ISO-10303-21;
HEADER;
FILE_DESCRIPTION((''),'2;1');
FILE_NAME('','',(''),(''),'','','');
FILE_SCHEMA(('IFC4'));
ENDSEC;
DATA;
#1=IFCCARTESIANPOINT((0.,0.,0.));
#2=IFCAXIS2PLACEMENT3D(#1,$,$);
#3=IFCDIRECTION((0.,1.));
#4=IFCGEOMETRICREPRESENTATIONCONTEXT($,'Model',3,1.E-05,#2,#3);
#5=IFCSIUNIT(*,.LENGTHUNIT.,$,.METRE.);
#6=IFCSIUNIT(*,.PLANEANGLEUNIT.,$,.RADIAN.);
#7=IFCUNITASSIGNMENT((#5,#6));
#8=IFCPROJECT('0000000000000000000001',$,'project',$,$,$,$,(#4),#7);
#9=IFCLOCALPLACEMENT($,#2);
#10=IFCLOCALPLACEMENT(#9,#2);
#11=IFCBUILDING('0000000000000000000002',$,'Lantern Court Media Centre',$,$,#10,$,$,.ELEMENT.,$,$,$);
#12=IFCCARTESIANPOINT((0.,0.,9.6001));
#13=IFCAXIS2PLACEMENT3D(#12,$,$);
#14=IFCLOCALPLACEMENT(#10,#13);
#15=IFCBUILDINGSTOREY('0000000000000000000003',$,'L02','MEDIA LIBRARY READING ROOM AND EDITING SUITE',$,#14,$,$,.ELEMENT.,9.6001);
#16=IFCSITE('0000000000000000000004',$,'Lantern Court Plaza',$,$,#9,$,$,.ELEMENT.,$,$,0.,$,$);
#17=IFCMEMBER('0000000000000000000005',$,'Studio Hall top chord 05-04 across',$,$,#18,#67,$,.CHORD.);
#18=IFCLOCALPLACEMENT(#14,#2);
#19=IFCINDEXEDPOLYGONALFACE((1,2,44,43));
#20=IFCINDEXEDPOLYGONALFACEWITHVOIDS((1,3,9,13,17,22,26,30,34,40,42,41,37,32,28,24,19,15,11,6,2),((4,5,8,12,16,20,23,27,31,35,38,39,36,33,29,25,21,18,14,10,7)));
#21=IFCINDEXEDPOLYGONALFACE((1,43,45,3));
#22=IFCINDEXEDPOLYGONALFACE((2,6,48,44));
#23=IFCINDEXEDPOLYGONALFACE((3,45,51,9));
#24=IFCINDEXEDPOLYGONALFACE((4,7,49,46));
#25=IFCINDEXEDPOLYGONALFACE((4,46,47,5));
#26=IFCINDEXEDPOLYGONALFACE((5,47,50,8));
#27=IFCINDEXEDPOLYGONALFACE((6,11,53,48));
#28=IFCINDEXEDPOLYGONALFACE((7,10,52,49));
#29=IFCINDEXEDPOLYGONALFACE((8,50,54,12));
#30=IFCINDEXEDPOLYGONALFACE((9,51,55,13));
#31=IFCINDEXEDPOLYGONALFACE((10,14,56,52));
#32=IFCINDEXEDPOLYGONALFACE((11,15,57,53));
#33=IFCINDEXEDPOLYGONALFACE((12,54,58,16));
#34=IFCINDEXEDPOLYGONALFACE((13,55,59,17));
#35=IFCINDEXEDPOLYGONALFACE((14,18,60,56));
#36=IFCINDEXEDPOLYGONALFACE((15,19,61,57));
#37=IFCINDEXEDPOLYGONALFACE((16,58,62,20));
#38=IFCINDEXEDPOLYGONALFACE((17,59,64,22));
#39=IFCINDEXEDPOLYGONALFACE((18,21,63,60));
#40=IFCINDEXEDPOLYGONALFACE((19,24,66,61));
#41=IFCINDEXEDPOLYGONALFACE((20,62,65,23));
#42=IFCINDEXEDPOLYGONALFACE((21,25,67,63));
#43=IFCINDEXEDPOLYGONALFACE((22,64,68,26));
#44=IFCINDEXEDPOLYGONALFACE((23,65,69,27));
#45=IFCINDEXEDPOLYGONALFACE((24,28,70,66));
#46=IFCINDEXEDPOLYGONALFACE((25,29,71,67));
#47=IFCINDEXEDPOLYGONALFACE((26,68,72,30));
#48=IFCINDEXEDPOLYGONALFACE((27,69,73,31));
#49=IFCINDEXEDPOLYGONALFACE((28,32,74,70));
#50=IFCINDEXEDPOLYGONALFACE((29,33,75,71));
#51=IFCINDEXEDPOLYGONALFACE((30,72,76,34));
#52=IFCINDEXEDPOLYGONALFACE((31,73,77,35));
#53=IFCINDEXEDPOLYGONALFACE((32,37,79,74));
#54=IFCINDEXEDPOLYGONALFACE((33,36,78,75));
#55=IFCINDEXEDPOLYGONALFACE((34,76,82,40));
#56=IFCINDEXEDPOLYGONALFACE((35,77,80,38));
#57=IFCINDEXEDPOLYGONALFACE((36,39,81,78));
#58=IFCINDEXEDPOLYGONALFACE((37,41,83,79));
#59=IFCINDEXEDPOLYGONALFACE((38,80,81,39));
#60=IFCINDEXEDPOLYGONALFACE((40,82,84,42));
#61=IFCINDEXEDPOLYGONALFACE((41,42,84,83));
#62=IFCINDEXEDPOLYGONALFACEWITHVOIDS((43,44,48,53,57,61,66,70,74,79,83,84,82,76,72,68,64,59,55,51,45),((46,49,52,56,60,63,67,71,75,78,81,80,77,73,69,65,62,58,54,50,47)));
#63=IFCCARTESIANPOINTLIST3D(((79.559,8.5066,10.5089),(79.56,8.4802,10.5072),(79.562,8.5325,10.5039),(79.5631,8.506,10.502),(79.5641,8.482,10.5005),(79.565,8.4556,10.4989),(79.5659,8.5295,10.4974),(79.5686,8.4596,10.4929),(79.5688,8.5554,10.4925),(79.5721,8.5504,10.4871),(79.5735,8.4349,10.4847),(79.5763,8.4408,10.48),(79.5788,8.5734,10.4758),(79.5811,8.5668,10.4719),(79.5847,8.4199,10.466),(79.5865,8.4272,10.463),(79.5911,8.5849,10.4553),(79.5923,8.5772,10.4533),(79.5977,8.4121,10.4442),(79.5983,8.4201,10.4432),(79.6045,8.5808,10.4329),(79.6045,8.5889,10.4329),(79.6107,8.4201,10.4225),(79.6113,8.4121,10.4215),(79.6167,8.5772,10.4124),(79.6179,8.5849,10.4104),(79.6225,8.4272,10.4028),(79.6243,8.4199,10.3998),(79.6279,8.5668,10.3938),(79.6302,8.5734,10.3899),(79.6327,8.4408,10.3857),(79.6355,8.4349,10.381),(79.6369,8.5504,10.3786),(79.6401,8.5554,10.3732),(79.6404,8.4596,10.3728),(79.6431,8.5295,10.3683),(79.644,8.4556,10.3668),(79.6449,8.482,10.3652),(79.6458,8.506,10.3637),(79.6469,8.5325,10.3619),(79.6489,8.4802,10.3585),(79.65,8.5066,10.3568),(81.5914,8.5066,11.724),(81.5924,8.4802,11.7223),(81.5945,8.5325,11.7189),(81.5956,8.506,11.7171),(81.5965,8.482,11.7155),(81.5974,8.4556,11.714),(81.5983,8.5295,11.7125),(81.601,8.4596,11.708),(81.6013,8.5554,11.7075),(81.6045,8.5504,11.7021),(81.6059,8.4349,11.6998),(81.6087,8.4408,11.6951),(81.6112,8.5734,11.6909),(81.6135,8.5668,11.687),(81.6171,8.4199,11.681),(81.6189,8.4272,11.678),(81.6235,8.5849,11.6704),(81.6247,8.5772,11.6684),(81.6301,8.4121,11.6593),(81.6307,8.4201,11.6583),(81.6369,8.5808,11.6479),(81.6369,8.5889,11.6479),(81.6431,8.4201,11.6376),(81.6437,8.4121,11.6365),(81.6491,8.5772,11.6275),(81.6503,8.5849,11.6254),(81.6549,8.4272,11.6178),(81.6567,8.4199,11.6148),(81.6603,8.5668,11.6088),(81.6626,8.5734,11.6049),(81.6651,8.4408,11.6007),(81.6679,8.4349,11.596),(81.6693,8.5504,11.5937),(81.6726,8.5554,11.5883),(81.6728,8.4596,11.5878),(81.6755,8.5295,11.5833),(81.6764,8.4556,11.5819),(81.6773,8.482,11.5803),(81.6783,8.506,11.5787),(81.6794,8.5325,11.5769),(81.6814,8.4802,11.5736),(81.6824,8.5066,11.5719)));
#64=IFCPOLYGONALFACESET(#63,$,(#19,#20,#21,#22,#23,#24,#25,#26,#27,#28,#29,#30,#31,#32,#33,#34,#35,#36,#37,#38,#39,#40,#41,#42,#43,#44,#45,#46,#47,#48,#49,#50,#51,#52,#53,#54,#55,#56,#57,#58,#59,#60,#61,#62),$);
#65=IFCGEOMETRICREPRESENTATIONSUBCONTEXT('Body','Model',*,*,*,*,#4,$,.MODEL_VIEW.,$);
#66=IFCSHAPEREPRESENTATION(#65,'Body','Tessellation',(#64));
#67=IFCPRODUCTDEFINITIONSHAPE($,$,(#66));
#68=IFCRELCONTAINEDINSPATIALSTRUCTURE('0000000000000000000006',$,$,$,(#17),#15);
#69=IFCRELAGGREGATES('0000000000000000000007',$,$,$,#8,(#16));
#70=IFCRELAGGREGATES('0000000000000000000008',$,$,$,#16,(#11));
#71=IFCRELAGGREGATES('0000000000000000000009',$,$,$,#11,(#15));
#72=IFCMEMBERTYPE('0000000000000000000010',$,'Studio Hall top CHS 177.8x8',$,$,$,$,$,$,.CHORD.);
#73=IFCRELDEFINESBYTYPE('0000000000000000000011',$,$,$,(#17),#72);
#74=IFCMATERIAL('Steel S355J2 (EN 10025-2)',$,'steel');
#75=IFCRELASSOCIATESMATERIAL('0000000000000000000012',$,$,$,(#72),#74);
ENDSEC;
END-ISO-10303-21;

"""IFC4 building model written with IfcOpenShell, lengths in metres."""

from ifc_helpers import new_model, si_unit, direction, frame, origin, origin_2d, place, context, subcontext, project, spatial, hollow_circle, extrude, material, material_profile, profile_set, type_object, element, save


model = new_model("IFC4")

# Units and contexts
model_context = context("Model", 3, precision=1e-05, world=origin(), true_north=direction((0.0, 1.0)))
body_context = subcontext(model_context, "Body", "Model", "MODEL_VIEW")
ifc_project = project(units=[si_unit("LENGTHUNIT", "METRE"), si_unit("PLANEANGLEUNIT", "RADIAN")], contexts=[model_context])

# Site, building, storey
site_placement = place(None, origin())
site = spatial("IfcSite", under=ifc_project, at=site_placement, Name="Lantern Court Plaza", CompositionType="ELEMENT", RefElevation=0.0)
building_placement = place(site_placement, origin())
building = spatial("IfcBuilding", under=site, at=building_placement, Name="Lantern Court Media Centre", CompositionType="ELEMENT")
storey_placement = place(building_placement, frame((0.0, 0.0, 9.6001)))
storey = spatial("IfcBuildingStorey", under=building, at=storey_placement, Name="L02", Description="MEDIA LIBRARY READING ROOM AND EDITING SUITE", CompositionType="ELEMENT", Elevation=9.6001)

# Member
ifc_material = material(Name="Steel S355J2 (EN 10025-2)", Category="steel")
ifc_material_profile_1 = material_profile(ifc_material, hollow_circle(Radius=0.0889, WallThickness=0.0081, at=origin_2d()), Name="Studio Hall top CHS 177.8x8")
ifc_profile_set_1 = profile_set([ifc_material_profile_1], Name="Steel S355J2 (EN 10025-2)")
member_type_1 = type_object("IfcMemberType", Name="Studio Hall top CHS 177.8x8", PredefinedType="CHORD", material=ifc_profile_set_1)
for number, where, z_axis, x_axis, name in (
    (1, (79.6045, 8.5, 10.4329), (0.858311, 0.0, 0.513131), (0.0, 1.0, 0.0), "Studio Hall top chord 05-04 across"),
):
    element("IfcMember", number, at=place(storey_placement, frame(where, z_axis=z_axis, x_axis=x_axis)), inside=storey, type_object=member_type_1, Name=name, PredefinedType="CHORD", context=body_context, shape_type="SweptSolid", body=[
        extrude(hollow_circle(Radius=0.0889, WallThickness=0.0081, at=origin_2d()), origin(), (0.0, 0.0, 1.0), 2.3679),
    ])

save(model, "model.ifc")
